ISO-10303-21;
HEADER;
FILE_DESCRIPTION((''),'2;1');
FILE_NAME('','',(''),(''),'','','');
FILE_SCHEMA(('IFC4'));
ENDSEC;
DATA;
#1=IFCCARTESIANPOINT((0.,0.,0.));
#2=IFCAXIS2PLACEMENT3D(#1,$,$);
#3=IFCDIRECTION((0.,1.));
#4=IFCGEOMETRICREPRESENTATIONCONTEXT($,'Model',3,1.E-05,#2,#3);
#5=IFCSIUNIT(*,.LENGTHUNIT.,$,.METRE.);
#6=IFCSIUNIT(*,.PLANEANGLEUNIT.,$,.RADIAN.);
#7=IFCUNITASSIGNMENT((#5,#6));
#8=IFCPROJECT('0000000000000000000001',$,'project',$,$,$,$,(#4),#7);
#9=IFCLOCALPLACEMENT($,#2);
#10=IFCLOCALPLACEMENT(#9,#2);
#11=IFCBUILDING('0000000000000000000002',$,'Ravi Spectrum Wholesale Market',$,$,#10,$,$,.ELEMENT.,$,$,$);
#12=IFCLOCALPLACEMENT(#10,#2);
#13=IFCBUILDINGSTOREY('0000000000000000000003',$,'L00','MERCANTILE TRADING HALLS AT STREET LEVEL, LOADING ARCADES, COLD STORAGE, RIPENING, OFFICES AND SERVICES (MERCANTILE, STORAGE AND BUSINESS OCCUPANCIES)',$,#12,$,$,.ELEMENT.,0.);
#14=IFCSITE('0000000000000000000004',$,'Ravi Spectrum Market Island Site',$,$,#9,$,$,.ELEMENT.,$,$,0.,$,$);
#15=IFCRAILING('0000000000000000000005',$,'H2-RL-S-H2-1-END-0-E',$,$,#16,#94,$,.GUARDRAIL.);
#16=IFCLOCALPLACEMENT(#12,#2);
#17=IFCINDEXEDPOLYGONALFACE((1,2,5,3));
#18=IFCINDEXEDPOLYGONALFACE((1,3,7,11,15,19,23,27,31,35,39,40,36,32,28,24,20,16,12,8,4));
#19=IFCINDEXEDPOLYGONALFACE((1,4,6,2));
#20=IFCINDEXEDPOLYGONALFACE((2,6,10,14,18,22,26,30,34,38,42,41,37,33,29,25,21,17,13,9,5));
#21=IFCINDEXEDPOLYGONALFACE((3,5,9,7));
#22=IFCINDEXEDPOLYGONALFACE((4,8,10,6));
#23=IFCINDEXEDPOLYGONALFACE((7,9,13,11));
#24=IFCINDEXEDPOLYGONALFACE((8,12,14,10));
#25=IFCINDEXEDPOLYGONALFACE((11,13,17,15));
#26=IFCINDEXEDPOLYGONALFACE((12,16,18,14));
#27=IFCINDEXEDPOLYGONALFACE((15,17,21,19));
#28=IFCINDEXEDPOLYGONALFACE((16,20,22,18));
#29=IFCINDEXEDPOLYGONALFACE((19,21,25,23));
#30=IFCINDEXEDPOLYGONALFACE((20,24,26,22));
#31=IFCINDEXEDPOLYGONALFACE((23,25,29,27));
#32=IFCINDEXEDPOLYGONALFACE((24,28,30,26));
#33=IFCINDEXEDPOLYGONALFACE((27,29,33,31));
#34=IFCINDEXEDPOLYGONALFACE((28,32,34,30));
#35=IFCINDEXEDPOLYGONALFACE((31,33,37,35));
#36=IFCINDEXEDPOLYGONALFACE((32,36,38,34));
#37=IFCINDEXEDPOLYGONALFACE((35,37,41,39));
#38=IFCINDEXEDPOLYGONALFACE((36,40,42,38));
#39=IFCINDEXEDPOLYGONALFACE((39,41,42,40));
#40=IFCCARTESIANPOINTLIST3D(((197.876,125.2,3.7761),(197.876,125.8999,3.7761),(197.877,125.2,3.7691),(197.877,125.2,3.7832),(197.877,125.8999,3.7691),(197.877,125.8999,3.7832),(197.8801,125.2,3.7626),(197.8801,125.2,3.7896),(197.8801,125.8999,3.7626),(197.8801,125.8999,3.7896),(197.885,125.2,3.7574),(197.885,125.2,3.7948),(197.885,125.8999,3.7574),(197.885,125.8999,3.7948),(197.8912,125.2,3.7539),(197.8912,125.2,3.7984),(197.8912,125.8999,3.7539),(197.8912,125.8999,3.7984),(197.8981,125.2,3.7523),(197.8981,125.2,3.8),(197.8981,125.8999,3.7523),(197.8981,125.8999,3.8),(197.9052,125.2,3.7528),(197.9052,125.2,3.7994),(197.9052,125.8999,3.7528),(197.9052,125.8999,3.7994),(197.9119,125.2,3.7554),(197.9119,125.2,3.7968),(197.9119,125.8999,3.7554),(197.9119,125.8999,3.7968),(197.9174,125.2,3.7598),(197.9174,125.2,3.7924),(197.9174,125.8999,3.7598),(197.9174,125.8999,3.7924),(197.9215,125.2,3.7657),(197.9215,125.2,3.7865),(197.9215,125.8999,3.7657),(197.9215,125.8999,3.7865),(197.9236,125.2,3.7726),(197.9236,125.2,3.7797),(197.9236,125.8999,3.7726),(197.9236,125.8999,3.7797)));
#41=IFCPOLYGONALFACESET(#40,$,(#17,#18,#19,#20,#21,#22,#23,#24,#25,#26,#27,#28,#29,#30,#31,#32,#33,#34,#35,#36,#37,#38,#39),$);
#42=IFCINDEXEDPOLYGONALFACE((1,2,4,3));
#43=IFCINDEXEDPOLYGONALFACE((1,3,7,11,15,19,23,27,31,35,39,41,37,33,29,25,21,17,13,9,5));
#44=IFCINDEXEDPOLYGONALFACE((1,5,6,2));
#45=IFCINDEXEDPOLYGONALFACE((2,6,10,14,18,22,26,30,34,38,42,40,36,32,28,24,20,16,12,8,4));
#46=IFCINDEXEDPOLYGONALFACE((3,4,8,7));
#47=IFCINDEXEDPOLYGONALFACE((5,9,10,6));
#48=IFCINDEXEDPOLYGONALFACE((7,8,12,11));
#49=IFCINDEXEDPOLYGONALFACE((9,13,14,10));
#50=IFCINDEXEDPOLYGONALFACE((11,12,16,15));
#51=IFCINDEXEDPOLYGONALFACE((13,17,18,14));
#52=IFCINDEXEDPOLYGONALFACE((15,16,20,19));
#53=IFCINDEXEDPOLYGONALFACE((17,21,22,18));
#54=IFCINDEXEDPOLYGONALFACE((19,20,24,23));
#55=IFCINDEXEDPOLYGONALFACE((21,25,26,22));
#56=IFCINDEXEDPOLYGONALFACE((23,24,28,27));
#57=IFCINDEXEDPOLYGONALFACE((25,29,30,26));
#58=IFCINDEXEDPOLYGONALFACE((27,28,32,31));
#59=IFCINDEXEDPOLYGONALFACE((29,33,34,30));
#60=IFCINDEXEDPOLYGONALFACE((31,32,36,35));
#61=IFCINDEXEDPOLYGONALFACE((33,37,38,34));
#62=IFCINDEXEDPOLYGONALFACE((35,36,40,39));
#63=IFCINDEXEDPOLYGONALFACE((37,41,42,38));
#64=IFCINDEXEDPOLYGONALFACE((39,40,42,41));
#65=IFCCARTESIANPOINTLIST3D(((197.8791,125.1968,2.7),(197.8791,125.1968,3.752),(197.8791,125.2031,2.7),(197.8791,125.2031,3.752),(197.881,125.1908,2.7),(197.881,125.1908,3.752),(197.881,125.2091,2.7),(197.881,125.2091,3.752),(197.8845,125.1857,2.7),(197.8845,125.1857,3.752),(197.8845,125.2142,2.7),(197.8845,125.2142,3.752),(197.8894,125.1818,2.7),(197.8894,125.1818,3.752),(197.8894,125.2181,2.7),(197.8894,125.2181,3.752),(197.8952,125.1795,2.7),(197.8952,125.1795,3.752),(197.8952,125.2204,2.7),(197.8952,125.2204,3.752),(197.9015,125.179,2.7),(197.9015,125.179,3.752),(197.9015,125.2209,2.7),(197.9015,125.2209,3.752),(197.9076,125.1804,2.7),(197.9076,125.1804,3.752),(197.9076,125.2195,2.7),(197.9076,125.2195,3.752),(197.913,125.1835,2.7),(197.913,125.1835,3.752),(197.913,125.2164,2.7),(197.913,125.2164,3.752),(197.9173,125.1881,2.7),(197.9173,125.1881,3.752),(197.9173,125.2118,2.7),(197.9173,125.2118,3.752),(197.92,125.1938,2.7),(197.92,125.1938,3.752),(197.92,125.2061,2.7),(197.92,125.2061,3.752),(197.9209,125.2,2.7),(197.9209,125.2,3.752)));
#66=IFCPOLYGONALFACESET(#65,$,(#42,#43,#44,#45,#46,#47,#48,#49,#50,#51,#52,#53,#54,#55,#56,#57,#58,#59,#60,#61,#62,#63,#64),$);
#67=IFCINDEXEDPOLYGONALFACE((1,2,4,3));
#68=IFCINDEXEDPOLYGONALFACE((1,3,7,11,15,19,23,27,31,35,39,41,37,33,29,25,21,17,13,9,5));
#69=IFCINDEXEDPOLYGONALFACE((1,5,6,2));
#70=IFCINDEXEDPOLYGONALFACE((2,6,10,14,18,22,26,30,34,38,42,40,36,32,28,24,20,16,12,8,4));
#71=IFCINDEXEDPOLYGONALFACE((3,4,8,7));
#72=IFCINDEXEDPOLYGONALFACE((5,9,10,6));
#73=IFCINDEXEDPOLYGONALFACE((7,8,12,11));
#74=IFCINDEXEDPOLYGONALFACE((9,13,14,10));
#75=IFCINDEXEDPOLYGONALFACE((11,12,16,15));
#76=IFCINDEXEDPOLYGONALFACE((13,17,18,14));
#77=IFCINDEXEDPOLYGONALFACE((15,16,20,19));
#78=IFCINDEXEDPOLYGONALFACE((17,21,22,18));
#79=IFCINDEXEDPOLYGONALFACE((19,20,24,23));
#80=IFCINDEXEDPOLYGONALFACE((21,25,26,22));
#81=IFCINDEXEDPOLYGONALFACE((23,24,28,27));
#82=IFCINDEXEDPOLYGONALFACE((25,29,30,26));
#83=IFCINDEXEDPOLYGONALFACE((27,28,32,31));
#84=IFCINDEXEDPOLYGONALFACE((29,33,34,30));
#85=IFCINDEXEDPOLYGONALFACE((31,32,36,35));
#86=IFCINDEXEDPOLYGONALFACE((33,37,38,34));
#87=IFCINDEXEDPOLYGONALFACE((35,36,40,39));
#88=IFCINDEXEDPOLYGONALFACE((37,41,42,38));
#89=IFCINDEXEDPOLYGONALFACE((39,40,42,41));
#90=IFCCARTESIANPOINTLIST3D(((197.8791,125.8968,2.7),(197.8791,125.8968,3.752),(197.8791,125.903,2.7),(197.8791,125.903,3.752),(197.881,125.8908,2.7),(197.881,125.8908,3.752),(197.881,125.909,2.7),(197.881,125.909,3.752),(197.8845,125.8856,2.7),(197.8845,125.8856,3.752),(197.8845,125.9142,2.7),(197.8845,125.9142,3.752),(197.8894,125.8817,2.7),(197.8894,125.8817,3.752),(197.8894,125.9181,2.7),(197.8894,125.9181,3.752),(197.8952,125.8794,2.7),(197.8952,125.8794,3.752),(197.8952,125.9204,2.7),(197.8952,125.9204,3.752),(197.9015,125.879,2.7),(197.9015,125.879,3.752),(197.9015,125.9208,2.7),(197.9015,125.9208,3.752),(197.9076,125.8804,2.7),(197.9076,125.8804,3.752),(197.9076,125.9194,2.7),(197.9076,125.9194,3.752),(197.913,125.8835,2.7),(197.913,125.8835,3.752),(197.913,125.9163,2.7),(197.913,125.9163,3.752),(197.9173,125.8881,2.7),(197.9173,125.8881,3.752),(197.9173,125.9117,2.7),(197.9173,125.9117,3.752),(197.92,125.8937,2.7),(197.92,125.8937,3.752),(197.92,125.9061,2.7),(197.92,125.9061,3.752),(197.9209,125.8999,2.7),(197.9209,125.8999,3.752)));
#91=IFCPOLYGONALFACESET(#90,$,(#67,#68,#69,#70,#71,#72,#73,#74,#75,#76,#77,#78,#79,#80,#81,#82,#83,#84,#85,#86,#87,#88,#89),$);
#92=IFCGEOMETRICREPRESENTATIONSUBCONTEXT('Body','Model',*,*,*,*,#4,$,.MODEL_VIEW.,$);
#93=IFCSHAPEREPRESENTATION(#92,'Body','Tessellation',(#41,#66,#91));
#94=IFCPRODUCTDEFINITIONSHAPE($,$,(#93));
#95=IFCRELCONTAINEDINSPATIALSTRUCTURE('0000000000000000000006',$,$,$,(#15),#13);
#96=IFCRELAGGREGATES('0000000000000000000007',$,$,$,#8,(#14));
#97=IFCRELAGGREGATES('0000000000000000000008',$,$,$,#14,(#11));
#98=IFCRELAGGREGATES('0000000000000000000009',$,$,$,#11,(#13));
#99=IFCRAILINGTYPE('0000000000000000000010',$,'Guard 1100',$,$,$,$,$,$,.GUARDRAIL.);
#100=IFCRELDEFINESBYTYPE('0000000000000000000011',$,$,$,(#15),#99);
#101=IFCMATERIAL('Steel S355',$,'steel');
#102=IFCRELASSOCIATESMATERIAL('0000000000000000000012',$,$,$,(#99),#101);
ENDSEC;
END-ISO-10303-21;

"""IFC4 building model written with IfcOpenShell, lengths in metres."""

from ifc_helpers import new_model, si_unit, direction, frame, origin, origin_2d, place, context, subcontext, project, spatial, circle, extrude, material, type_object, element, save


model = new_model("IFC4")

# Units and contexts
model_context = context("Model", 3, precision=1e-05, world=origin(), true_north=direction((0.0, 1.0)))
body_context = subcontext(model_context, "Body", "Model", "MODEL_VIEW")
ifc_project = project(units=[si_unit("LENGTHUNIT", "METRE"), si_unit("PLANEANGLEUNIT", "RADIAN")], contexts=[model_context])

# Site, building, storey
site_placement = place(None, origin())
site = spatial("IfcSite", under=ifc_project, at=site_placement, Name="Ravi Spectrum Market Island Site", CompositionType="ELEMENT", RefElevation=0.0)
building_placement = place(site_placement, origin())
building = spatial("IfcBuilding", under=site, at=building_placement, Name="Ravi Spectrum Wholesale Market", CompositionType="ELEMENT")
storey_placement = place(building_placement, origin())
storey = spatial("IfcBuildingStorey", under=building, at=storey_placement, Name="L00", Description="MERCANTILE TRADING HALLS AT STREET LEVEL, LOADING ARCADES, COLD STORAGE, RIPENING, OFFICES AND SERVICES (MERCANTILE, STORAGE AND BUSINESS OCCUPANCIES)", CompositionType="ELEMENT", Elevation=0.0)

# Railing
ifc_material_1 = material(Name="Steel S355", Category="steel")
railing_type_1 = type_object("IfcRailingType", Name="Guard 1100", PredefinedType="GUARDRAIL", material=ifc_material_1)
railing_1_placement = place(storey_placement, frame((197.8999, 125.2, 2.7)))
element("IfcRailing", 1, at=railing_1_placement, inside=storey, type_object=railing_type_1, Name="H2-RL-S-H2-1-END-0-E", PredefinedType="GUARDRAIL", context=body_context, shape_type="SweptSolid", body=[
    extrude(circle(Radius=0.0239, at=origin_2d()), frame((0.0, 0.0, 1.0762), z_axis=(0.0, 1.0, 0.0), x_axis=(-1.0, 0.0, 0.0)), (0.0, 0.0, 1.0), 0.7),
    extrude(circle(Radius=0.021, at=origin_2d()), origin(), (0.0, 0.0, 1.0), 1.052),
    extrude(circle(Radius=0.021, at=origin_2d()), frame((0.0, 0.7, 0.0)), (0.0, 0.0, 1.0), 1.052),
])

save(model, "model.ifc")
